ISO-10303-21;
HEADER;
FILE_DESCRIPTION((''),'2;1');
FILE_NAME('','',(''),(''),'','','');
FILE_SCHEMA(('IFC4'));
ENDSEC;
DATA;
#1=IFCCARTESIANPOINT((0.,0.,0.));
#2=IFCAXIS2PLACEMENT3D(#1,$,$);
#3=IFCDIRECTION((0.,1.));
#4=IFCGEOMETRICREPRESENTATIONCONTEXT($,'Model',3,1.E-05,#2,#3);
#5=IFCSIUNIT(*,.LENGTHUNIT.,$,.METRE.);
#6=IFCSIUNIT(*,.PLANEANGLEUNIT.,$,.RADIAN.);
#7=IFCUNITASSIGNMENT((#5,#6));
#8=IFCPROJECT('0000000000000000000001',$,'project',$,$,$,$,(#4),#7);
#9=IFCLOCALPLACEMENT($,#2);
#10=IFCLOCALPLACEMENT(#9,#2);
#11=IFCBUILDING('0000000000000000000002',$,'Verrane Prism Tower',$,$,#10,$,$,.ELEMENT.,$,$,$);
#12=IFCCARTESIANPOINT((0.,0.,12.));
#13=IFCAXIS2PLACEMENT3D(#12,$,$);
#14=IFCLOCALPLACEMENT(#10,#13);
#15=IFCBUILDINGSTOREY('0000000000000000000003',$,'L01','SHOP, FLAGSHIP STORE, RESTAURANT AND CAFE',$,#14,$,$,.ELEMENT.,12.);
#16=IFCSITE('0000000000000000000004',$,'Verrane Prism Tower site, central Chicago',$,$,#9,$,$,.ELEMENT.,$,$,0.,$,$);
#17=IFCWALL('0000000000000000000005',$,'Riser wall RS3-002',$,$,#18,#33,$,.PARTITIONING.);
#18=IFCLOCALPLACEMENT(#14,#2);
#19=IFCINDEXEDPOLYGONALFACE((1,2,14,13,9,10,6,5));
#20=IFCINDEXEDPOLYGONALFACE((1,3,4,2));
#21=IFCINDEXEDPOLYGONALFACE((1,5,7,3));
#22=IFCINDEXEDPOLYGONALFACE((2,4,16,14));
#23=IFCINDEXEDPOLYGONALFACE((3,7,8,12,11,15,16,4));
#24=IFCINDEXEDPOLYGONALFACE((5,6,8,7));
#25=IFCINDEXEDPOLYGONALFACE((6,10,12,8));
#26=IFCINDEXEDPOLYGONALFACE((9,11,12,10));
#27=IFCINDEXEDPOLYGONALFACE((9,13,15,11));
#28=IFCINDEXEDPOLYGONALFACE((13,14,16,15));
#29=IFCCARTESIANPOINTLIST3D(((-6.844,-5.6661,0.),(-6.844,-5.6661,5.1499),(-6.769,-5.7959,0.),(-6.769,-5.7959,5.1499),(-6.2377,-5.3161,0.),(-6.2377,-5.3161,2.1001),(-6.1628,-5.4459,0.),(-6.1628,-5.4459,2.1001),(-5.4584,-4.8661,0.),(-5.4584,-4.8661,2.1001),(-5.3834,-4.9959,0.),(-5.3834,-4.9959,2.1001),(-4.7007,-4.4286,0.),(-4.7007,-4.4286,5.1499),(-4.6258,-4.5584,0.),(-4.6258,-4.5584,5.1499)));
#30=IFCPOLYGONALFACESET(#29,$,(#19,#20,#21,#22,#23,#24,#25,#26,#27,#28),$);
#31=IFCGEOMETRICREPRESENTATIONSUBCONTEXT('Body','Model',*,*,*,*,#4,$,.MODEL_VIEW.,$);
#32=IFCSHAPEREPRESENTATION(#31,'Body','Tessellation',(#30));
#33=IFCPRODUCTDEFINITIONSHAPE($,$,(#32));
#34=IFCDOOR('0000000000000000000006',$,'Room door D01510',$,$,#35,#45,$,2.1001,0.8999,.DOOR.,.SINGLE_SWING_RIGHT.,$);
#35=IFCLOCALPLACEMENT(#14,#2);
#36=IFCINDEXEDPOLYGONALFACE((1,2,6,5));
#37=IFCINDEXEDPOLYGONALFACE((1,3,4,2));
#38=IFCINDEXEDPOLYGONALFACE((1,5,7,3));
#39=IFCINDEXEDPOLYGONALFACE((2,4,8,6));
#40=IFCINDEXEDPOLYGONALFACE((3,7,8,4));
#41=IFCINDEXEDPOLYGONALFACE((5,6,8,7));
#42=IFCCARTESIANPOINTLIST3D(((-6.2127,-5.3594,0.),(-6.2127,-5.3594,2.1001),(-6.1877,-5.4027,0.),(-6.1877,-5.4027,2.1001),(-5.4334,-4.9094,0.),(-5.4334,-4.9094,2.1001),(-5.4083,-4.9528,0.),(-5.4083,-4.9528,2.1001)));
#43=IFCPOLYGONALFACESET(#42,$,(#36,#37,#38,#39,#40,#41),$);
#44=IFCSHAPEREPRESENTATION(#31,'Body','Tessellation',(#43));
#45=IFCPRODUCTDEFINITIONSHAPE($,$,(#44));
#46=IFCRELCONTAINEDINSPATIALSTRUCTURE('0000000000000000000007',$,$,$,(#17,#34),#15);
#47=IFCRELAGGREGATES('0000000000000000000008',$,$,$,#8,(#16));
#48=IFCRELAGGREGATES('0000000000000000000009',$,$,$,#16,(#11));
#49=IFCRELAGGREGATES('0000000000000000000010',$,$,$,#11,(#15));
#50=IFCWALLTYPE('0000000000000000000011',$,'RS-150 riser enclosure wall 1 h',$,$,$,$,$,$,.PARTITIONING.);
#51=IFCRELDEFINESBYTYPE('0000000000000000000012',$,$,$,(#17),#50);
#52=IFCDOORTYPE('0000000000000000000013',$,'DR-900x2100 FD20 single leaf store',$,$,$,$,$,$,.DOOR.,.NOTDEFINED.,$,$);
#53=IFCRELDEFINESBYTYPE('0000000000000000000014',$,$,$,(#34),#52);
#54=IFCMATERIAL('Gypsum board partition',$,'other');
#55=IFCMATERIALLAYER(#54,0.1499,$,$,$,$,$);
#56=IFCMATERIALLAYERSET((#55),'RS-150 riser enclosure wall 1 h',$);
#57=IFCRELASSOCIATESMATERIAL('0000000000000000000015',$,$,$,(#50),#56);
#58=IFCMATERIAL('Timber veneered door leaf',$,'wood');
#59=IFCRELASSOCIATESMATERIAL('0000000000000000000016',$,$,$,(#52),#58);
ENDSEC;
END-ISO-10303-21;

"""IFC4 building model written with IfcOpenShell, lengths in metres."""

from ifc_helpers import new_model, si_unit, direction, frame, frame_2d, origin, place, context, subcontext, project, spatial, rectangle, extrude, material, layer, layer_set, type_object, element, fill, save


model = new_model("IFC4")

# Units and contexts
model_context = context("Model", 3, precision=1e-05, world=origin(), true_north=direction((0.0, 1.0)))
body_context = subcontext(model_context, "Body", "Model", "MODEL_VIEW")
ifc_project = project(units=[si_unit("LENGTHUNIT", "METRE"), si_unit("PLANEANGLEUNIT", "RADIAN")], contexts=[model_context])

# Site, building, storey
site_placement = place(None, origin())
site = spatial("IfcSite", under=ifc_project, at=site_placement, Name="Verrane Prism Tower site, central Chicago", CompositionType="ELEMENT", RefElevation=0.0)
building_placement = place(site_placement, origin())
building = spatial("IfcBuilding", under=site, at=building_placement, Name="Verrane Prism Tower", CompositionType="ELEMENT")
storey_placement = place(building_placement, frame((0.0, 0.0, 12.0)))
storey = spatial("IfcBuildingStorey", under=building, at=storey_placement, Name="L01", Description="SHOP, FLAGSHIP STORE, RESTAURANT AND CAFE", CompositionType="ELEMENT", Elevation=12.0)

# Shared definitions
ifc_material_1 = material(Name="Gypsum board partition", Category="other")
ifc_layer_1 = layer(ifc_material_1, 0.1499)
ifc_layer_set_1 = layer_set([ifc_layer_1], Name="RS-150 riser enclosure wall 1 h")
wall_type_1 = type_object("IfcWallType", Name="RS-150 riser enclosure wall 1 h", PredefinedType="PARTITIONING", material=ifc_layer_set_1)

# Wall, opening, door
wall_1_placement = place(storey_placement, frame((-6.8064, -5.731, 0.0), z_axis=(0.0, 0.0, 1.0), x_axis=(0.866007, 0.500033, 0.0)))
wall_1 = element("IfcWall", 1, at=wall_1_placement, inside=storey, type_object=wall_type_1, Name="Riser wall RS3-002", PredefinedType="PARTITIONING", context=body_context, shape_type="SweptSolid", body=[
    extrude(rectangle(XDim=2.4749, YDim=0.1499, at=frame_2d((1.2373, 0.0))), origin(), (0.0, 0.0, 1.0), 5.1499),
])
opening_1_placement = place(wall_1_placement, frame((0.7, 0.0, 0.0)))
opening_1 = element("IfcOpeningElement", 2, at=opening_1_placement, cuts=wall_1, PredefinedType="OPENING", context=body_context, shape_type="SweptSolid", body=[
    extrude(rectangle(XDim=0.8999, YDim=2.1001, at=frame_2d((0.45, 1.05))), frame((0.0, 0.085, 0.0), z_axis=(0.0, -1.0, 0.0), x_axis=(1.0, 0.0, 0.0)), (0.0, 0.0, 1.0), 0.1699),
])
ifc_material_2 = material(Name="Timber veneered door leaf", Category="wood")
door_type_1 = type_object("IfcDoorType", Name="DR-900x2100 FD20 single leaf store", OperationType="NOTDEFINED", PredefinedType="DOOR", material=ifc_material_2)
door_1_placement = place(opening_1_placement, origin())
door_1 = element("IfcDoor", 3, at=door_1_placement, inside=storey, type_object=door_type_1, Name="Room door D01510", OperationType="SINGLE_SWING_RIGHT", OverallHeight=2.1001, OverallWidth=0.8999, PredefinedType="DOOR", context=body_context, shape_type="SweptSolid", body=[
    extrude(rectangle(XDim=0.8999, YDim=2.1001, at=frame_2d((0.45, 1.05))), frame((0.0, 0.0249, 0.0), z_axis=(0.0, -1.0, 0.0), x_axis=(1.0, 0.0, 0.0)), (0.0, 0.0, 1.0), 0.05),
])
fill(opening_1, door_1)

save(model, "model.ifc")
